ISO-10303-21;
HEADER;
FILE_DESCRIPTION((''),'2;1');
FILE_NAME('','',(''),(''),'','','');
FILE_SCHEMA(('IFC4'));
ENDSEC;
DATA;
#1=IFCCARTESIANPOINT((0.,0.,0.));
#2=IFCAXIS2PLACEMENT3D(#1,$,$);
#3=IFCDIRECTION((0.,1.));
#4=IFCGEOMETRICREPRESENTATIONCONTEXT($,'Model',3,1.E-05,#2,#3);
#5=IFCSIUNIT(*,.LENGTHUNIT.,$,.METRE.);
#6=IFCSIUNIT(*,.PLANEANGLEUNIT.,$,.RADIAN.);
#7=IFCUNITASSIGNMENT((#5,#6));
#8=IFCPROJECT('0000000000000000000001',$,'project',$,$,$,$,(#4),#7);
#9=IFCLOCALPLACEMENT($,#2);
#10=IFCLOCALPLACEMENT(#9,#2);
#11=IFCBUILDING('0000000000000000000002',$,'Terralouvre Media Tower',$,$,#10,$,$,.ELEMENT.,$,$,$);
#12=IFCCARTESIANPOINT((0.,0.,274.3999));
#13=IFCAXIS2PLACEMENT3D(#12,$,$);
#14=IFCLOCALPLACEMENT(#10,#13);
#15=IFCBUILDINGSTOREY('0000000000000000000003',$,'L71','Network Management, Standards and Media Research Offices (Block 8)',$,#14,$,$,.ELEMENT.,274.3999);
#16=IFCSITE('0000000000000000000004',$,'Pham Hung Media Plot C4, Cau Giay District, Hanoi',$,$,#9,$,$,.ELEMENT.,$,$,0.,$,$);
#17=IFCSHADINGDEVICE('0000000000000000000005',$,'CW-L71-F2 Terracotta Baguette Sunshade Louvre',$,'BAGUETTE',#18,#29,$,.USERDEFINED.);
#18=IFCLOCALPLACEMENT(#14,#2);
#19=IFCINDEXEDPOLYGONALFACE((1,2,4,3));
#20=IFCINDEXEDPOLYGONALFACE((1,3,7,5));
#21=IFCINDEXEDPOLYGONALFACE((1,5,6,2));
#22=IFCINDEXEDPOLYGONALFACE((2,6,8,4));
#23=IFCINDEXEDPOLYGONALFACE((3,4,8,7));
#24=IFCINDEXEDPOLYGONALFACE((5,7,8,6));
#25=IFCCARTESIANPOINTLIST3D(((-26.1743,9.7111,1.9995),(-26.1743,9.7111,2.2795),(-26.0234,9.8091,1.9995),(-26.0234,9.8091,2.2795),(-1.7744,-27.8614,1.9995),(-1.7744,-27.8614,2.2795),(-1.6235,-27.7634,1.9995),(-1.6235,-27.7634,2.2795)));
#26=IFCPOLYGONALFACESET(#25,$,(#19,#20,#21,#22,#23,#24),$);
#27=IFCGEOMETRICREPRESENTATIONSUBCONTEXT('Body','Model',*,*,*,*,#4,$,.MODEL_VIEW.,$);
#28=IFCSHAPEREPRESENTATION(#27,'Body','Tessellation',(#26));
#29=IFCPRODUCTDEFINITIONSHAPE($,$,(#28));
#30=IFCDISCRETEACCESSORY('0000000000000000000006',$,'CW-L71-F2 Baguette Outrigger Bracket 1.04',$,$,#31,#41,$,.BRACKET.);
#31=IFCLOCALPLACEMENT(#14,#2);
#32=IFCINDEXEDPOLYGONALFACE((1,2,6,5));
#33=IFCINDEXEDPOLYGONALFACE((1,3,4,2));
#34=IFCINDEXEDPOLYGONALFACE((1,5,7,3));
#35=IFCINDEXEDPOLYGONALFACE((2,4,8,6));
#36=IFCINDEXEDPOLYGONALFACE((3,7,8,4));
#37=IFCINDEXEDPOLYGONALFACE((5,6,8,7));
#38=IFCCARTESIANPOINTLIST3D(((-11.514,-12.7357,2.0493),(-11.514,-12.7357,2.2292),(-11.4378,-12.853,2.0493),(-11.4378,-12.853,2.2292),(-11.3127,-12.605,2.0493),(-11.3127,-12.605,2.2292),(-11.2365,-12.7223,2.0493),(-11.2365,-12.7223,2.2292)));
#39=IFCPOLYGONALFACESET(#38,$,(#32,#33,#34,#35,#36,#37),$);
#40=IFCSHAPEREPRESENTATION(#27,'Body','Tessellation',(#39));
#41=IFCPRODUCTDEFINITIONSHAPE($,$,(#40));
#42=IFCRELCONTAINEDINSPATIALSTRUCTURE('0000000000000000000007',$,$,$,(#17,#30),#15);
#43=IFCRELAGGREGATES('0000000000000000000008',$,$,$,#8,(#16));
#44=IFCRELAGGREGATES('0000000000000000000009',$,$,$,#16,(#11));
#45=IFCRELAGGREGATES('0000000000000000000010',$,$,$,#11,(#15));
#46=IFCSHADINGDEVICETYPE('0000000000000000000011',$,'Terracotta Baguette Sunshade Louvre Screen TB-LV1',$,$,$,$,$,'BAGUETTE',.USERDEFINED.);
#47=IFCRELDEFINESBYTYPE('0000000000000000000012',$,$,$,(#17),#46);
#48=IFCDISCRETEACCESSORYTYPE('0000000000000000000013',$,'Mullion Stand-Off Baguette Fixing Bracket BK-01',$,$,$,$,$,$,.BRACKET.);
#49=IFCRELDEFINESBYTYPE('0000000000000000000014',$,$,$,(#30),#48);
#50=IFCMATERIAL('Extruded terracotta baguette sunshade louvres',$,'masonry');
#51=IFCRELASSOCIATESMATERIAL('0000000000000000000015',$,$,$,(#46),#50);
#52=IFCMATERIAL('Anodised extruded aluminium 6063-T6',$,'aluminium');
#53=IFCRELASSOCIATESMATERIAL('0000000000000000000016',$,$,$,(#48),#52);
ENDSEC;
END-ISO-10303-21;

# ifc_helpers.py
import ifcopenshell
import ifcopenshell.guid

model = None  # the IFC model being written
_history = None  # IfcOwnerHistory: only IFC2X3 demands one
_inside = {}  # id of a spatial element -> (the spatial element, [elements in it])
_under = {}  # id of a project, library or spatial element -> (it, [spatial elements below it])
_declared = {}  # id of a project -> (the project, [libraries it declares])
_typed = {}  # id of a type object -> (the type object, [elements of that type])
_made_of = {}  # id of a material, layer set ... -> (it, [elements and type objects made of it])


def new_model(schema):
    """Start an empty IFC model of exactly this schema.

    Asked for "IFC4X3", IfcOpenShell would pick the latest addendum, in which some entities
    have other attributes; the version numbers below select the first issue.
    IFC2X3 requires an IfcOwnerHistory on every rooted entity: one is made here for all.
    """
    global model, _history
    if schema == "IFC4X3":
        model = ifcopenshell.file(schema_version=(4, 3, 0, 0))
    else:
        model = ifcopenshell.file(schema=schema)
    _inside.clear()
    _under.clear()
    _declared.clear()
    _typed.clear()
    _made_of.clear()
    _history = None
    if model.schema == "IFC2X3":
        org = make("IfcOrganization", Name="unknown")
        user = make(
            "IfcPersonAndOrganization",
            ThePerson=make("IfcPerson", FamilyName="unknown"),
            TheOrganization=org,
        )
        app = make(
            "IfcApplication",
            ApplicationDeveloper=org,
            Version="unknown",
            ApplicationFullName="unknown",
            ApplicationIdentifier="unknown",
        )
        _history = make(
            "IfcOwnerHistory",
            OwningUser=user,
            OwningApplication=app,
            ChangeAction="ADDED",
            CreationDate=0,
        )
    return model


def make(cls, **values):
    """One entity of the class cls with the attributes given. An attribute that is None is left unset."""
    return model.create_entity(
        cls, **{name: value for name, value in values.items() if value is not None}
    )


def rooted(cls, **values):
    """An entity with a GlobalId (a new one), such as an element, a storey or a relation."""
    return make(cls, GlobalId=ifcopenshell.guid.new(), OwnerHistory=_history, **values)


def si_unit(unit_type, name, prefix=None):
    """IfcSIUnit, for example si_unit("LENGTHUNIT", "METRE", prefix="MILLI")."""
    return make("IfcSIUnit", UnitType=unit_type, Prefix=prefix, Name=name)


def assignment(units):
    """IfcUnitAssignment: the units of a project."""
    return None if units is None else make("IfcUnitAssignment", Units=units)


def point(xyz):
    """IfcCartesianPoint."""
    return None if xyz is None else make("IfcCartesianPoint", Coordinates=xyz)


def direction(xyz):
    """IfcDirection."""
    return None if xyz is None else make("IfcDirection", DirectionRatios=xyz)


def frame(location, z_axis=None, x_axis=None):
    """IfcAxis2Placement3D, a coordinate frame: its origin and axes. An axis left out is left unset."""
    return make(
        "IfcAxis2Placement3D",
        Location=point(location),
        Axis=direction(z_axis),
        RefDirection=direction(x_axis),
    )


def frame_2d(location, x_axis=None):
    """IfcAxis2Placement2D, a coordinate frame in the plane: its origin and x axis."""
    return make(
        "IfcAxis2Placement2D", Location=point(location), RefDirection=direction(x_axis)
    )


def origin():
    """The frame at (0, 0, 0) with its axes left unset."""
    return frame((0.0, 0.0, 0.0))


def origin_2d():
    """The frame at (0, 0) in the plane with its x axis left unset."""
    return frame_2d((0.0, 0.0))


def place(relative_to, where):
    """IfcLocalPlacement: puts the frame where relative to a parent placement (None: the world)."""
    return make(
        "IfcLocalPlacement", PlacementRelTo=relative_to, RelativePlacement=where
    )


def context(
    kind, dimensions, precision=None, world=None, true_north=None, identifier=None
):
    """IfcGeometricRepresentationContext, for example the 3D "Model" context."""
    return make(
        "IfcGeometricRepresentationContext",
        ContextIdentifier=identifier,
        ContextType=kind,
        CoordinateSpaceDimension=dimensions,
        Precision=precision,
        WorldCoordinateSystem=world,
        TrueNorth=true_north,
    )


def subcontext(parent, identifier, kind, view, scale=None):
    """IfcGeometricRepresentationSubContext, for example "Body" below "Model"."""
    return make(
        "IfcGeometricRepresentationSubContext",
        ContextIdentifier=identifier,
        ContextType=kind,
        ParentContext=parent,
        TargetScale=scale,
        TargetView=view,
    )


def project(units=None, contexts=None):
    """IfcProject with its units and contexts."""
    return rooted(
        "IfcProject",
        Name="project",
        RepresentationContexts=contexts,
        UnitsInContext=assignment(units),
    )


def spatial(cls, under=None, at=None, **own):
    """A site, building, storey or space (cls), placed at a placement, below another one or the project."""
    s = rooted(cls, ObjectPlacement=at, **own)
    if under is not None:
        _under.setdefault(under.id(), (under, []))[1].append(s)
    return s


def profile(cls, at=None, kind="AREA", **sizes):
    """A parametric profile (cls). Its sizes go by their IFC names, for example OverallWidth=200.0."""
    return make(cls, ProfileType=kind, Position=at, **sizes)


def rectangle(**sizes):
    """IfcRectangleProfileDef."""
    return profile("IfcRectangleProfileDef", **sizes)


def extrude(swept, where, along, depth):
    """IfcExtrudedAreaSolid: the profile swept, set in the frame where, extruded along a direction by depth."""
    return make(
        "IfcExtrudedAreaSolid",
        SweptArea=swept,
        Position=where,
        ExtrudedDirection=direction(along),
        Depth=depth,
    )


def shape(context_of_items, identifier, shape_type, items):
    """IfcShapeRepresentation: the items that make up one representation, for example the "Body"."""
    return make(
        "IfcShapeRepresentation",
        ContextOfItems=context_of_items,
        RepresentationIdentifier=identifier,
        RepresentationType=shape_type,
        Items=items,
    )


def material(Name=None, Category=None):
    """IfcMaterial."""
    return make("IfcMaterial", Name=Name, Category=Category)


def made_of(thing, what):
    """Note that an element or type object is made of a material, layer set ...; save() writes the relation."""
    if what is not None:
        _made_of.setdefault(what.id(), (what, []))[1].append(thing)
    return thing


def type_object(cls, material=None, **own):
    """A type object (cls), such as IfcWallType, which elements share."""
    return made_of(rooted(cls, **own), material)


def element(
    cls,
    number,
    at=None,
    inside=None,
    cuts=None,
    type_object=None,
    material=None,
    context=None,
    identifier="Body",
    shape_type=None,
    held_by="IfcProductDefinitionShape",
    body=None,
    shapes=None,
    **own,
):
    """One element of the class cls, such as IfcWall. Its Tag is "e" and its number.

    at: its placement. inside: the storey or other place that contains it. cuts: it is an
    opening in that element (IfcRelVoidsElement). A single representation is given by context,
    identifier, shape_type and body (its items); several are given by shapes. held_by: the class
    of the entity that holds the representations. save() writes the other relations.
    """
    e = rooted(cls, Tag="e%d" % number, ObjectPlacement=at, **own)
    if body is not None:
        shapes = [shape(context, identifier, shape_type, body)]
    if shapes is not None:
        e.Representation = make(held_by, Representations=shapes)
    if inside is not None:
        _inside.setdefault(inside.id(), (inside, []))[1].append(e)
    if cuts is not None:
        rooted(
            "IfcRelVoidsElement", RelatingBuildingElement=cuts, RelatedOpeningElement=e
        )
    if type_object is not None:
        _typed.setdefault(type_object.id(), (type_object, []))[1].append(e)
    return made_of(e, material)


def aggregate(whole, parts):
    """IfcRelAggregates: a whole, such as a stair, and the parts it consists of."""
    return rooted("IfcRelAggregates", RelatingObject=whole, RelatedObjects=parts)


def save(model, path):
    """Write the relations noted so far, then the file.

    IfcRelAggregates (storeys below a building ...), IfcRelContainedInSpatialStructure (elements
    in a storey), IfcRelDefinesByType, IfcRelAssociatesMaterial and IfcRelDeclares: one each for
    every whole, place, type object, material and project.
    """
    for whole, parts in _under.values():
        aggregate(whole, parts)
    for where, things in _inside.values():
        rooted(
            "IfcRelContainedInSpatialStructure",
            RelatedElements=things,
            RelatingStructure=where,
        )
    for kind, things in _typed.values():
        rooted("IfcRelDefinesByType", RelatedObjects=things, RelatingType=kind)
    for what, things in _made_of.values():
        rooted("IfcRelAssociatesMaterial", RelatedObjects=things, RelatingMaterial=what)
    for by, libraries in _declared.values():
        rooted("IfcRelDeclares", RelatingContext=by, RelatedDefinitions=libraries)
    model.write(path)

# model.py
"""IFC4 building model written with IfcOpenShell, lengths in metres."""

from ifc_helpers import new_model, si_unit, direction, frame, origin, origin_2d, place, context, subcontext, project, spatial, rectangle, extrude, material, type_object, element, save


model = new_model("IFC4")

# Units and contexts
model_context = context("Model", 3, precision=1e-05, world=origin(), true_north=direction((0.0, 1.0)))
body_context = subcontext(model_context, "Body", "Model", "MODEL_VIEW")
ifc_project = project(units=[si_unit("LENGTHUNIT", "METRE"), si_unit("PLANEANGLEUNIT", "RADIAN")], contexts=[model_context])

# Site, building, storey
site_placement = place(None, origin())
site = spatial("IfcSite", under=ifc_project, at=site_placement, Name="Pham Hung Media Plot C4, Cau Giay District, Hanoi", CompositionType="ELEMENT", RefElevation=0.0)
building_placement = place(site_placement, origin())
building = spatial("IfcBuilding", under=site, at=building_placement, Name="Terralouvre Media Tower", CompositionType="ELEMENT")
storey_placement = place(building_placement, frame((0.0, 0.0, 274.3999)))
storey = spatial("IfcBuildingStorey", under=building, at=storey_placement, Name="L71", Description="Network Management, Standards and Media Research Offices (Block 8)", CompositionType="ELEMENT", Elevation=274.3999)

# Shading device
ifc_material_1 = material(Name="Extruded terracotta baguette sunshade louvres", Category="masonry")
shading_device_type = type_object("IfcShadingDeviceType", Name="Terracotta Baguette Sunshade Louvre Screen TB-LV1", ElementType="BAGUETTE", PredefinedType="USERDEFINED", material=ifc_material_1)
shading_device_placement = place(storey_placement, frame((-13.8989, -9.0261, 1.9995), z_axis=(0.0, 0.0, 1.0), x_axis=(0.544639, -0.838671, 0.0)))
element("IfcShadingDevice", 1, at=shading_device_placement, inside=storey, type_object=shading_device_type, Name="CW-L71-F2 Terracotta Baguette Sunshade Louvre", ObjectType="BAGUETTE", PredefinedType="USERDEFINED", context=body_context, shape_type="SweptSolid", body=[
    extrude(rectangle(XDim=44.8, YDim=0.1799, at=origin_2d()), origin(), (0.0, 0.0, 1.0), 0.28),
])

# Discrete accessory
ifc_material_2 = material(Name="Anodised extruded aluminium 6063-T6", Category="aluminium")
discrete_accessory_type = type_object("IfcDiscreteAccessoryType", Name="Mullion Stand-Off Baguette Fixing Bracket BK-01", PredefinedType="BRACKET", material=ifc_material_2)
discrete_accessory_placement = place(storey_placement, frame((-11.3752, -12.729, 2.0493), z_axis=(0.0, 0.0, 1.0), x_axis=(0.544639, -0.838671, 0.0)))
element("IfcDiscreteAccessory", 2, at=discrete_accessory_placement, inside=storey, type_object=discrete_accessory_type, Name="CW-L71-F2 Baguette Outrigger Bracket 1.04", PredefinedType="BRACKET", context=body_context, shape_type="SweptSolid", body=[
    extrude(rectangle(XDim=0.1399, YDim=0.24, at=origin_2d()), origin(), (0.0, 0.0, 1.0), 0.1799),
])

save(model, "model.ifc")
